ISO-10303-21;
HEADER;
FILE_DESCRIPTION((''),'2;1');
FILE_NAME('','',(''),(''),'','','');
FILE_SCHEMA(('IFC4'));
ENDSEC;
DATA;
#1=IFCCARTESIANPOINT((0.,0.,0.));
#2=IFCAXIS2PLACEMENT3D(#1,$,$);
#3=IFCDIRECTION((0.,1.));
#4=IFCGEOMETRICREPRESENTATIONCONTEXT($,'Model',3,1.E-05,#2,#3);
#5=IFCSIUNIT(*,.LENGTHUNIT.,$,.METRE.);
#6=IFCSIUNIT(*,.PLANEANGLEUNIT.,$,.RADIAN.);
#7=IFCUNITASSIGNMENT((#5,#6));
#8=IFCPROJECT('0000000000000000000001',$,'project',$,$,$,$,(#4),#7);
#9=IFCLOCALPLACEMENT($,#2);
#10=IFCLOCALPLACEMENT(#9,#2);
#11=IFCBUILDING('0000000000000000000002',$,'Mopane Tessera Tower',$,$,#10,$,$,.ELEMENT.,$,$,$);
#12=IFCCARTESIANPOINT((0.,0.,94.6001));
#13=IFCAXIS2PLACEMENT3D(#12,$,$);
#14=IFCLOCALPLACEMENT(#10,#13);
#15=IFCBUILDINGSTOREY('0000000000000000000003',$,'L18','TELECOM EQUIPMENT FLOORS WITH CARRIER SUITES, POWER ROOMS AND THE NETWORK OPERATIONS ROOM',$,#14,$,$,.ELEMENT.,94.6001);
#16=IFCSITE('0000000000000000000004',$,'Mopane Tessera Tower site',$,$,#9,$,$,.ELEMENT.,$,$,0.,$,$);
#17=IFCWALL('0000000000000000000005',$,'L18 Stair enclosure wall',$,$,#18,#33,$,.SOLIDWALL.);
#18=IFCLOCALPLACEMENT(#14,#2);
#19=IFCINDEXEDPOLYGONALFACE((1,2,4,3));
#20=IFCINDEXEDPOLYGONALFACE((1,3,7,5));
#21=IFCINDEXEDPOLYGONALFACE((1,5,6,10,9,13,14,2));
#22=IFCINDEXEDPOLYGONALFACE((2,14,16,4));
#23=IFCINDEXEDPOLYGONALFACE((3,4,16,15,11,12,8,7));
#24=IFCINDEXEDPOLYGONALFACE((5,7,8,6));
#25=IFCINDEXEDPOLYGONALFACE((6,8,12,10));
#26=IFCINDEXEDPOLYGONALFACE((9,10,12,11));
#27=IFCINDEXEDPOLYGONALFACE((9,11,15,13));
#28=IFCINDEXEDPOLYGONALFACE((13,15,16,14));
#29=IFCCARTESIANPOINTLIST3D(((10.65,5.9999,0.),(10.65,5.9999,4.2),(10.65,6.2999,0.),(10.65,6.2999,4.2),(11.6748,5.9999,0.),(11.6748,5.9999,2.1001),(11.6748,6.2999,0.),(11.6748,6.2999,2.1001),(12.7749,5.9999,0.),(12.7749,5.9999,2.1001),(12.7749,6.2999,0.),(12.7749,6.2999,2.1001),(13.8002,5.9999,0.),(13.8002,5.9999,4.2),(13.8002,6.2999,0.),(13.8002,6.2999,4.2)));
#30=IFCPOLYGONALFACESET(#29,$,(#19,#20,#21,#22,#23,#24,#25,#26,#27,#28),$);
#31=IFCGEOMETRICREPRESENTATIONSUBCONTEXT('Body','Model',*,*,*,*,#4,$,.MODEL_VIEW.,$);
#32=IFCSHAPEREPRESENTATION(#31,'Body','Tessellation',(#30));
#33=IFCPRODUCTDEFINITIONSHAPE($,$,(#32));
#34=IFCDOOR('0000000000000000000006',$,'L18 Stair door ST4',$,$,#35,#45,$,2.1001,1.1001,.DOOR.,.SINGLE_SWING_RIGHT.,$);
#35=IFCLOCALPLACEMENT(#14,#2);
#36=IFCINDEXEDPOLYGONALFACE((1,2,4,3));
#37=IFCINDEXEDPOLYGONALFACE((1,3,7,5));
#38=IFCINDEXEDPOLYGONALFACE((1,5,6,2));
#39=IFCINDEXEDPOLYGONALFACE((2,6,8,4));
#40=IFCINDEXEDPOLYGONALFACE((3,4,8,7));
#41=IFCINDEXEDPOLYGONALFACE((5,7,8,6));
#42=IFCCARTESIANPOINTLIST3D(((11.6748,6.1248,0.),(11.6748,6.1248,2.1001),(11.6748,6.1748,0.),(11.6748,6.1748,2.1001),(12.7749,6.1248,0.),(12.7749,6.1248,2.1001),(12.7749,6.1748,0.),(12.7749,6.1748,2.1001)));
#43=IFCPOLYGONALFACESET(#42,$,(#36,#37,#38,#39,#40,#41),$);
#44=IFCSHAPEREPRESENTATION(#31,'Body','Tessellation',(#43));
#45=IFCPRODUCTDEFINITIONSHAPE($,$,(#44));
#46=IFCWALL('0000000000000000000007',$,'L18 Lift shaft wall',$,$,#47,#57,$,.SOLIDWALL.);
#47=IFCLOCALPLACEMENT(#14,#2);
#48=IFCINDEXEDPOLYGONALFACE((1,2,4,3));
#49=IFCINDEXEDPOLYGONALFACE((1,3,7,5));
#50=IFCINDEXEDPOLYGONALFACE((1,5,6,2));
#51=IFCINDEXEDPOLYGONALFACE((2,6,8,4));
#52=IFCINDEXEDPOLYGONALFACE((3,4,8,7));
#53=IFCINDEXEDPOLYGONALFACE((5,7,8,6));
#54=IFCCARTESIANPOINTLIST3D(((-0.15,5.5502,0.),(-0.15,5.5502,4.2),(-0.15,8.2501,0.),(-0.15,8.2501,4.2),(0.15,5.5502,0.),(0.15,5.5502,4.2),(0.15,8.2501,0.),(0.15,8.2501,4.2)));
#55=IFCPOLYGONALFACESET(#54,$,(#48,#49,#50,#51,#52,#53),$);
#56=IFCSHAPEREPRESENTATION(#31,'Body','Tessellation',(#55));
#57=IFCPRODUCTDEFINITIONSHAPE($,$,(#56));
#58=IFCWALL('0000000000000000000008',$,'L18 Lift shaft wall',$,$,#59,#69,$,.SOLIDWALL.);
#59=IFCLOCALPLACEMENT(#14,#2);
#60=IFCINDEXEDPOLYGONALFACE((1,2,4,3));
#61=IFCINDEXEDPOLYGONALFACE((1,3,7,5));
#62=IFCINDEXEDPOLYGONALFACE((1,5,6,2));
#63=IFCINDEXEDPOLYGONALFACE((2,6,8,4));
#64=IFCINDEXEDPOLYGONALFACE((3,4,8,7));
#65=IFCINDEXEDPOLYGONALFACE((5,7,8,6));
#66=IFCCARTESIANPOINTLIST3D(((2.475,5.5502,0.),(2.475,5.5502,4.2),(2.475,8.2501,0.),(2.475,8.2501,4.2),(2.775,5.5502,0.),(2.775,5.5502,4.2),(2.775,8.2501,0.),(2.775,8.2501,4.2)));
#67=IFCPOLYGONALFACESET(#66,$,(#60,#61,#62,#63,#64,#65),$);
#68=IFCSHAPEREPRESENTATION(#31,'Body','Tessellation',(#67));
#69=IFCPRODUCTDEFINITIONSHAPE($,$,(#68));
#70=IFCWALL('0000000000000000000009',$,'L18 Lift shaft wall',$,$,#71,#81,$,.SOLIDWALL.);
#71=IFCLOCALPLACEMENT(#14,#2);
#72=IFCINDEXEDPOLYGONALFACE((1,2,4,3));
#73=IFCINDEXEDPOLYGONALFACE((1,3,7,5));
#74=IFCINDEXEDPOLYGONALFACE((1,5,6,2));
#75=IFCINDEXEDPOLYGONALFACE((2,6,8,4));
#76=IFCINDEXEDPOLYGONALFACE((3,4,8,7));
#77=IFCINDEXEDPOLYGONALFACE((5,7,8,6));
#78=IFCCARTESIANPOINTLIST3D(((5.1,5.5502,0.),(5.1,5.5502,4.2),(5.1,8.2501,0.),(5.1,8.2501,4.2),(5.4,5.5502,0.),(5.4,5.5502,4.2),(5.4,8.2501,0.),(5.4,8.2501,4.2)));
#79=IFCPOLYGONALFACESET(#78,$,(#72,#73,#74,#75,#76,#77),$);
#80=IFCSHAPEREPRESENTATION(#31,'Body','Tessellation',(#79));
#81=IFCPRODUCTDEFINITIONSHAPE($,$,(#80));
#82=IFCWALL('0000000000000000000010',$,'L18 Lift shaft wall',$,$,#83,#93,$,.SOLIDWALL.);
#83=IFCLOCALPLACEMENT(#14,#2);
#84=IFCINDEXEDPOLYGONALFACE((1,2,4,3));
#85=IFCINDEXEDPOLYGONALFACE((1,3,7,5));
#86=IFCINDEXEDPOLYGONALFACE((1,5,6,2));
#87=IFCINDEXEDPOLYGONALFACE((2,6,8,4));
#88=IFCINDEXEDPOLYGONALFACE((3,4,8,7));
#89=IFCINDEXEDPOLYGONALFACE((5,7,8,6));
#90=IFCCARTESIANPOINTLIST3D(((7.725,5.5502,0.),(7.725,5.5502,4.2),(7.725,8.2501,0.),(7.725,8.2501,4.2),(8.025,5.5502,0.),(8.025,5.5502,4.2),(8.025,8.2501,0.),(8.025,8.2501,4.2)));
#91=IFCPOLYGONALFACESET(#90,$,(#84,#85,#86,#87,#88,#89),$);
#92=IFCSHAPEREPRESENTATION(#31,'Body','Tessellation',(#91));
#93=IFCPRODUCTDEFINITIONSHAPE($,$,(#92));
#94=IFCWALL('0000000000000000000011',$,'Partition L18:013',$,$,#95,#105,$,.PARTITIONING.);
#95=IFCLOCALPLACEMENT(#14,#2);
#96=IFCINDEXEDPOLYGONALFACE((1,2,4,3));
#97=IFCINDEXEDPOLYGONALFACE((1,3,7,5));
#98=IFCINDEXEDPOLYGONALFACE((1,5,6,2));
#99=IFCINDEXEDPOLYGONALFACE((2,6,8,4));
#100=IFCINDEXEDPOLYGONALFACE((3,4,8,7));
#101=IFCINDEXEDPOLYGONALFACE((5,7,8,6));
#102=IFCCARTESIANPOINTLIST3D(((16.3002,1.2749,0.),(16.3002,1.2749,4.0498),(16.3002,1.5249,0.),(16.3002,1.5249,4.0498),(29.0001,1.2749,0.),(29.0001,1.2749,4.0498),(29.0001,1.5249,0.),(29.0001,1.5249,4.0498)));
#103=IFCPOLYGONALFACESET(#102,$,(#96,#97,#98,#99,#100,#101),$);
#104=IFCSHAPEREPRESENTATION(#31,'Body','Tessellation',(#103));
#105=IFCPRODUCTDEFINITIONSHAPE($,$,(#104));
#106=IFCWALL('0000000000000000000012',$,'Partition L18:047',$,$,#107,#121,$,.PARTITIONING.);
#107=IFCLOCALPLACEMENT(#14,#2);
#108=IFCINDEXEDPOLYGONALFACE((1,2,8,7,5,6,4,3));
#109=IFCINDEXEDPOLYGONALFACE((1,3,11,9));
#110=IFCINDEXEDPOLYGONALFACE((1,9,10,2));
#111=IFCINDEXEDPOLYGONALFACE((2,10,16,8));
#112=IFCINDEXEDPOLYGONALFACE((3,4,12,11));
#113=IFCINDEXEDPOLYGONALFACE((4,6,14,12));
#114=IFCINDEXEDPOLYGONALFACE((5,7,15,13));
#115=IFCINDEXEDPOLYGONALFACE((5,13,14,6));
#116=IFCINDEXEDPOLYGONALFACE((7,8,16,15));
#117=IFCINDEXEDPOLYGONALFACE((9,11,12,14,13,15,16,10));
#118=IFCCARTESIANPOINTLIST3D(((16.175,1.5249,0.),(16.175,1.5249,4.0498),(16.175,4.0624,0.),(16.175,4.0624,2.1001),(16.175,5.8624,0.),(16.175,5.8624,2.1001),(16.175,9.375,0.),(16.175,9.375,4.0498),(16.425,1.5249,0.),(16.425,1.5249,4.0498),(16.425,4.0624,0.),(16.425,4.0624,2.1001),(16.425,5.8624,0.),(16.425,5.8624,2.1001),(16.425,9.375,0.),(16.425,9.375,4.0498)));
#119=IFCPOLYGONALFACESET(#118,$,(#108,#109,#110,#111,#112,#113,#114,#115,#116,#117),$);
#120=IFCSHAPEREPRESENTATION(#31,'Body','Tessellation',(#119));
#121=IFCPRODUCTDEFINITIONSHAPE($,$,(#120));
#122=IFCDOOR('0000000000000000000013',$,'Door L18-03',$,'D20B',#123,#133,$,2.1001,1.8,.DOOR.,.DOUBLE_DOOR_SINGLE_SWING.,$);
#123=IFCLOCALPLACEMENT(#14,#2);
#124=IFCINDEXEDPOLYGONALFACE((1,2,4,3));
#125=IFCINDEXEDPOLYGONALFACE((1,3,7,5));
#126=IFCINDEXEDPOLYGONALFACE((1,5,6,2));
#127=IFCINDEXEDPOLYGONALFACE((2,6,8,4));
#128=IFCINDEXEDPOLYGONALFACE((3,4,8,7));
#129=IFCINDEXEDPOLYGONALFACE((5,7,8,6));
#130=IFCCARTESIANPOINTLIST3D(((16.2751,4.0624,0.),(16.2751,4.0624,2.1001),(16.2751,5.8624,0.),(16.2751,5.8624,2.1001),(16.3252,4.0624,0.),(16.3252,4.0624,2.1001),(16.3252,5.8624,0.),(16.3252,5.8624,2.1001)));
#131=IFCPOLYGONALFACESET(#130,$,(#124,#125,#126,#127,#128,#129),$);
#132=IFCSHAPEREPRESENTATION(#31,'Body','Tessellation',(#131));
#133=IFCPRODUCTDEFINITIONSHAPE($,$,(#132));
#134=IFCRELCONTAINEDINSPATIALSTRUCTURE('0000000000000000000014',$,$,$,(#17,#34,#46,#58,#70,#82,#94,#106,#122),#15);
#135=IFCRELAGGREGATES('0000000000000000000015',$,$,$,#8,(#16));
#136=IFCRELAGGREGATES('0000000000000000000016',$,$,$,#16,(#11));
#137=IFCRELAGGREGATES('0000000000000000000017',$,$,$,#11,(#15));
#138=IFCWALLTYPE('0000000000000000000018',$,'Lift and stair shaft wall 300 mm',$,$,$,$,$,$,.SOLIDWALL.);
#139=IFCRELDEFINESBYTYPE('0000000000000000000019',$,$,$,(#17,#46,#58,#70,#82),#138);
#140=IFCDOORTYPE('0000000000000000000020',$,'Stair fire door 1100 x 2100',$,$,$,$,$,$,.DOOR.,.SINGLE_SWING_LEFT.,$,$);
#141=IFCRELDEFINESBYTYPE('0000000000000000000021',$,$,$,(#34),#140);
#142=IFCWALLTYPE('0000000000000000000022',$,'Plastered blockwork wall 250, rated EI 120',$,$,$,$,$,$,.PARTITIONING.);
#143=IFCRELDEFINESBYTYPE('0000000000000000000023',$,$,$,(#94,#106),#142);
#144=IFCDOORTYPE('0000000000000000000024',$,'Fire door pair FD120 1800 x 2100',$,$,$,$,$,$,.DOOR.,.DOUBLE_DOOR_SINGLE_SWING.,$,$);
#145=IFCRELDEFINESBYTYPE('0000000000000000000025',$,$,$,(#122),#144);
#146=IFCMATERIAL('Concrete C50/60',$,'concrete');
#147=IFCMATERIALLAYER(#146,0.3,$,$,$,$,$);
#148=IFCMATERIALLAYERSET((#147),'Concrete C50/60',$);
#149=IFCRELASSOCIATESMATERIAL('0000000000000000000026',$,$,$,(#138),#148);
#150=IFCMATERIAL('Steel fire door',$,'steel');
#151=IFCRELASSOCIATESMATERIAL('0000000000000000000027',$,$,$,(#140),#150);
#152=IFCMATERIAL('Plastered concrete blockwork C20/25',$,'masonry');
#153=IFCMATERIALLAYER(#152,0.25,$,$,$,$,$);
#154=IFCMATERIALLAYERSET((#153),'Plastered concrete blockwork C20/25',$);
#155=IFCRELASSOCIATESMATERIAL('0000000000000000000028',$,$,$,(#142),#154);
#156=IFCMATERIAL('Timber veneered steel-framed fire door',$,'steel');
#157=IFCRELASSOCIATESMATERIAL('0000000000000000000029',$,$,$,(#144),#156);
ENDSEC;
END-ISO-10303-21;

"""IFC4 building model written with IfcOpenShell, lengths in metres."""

from ifc_helpers import new_model, si_unit, direction, frame, frame_2d, origin, place, context, subcontext, project, spatial, rectangle, extrude, material, layer, layer_set, type_object, element, fill, save


model = new_model("IFC4")

# Units and contexts
model_context = context("Model", 3, precision=1e-05, world=origin(), true_north=direction((0.0, 1.0)))
body_context = subcontext(model_context, "Body", "Model", "MODEL_VIEW")
ifc_project = project(units=[si_unit("LENGTHUNIT", "METRE"), si_unit("PLANEANGLEUNIT", "RADIAN")], contexts=[model_context])

# Site, building, storey
site_placement = place(None, origin())
site = spatial("IfcSite", under=ifc_project, at=site_placement, Name="Mopane Tessera Tower site", CompositionType="ELEMENT", RefElevation=0.0)
building_placement = place(site_placement, origin())
building = spatial("IfcBuilding", under=site, at=building_placement, Name="Mopane Tessera Tower", CompositionType="ELEMENT")
storey_placement = place(building_placement, frame((0.0, 0.0, 94.6001)))
storey = spatial("IfcBuildingStorey", under=building, at=storey_placement, Name="L18", Description="TELECOM EQUIPMENT FLOORS WITH CARRIER SUITES, POWER ROOMS AND THE NETWORK OPERATIONS ROOM", CompositionType="ELEMENT", Elevation=94.6001)

# Wall, opening, door
ifc_material_1 = material(Name="Concrete C50/60", Category="concrete")
ifc_layer_1 = layer(ifc_material_1, 0.3)
ifc_layer_set_1 = layer_set([ifc_layer_1], Name="Concrete C50/60")
wall_type_1 = type_object("IfcWallType", Name="Lift and stair shaft wall 300 mm", PredefinedType="SOLIDWALL", material=ifc_layer_set_1)
ifc_material_2 = material(Name="Steel fire door", Category="steel")
door_type_1 = type_object("IfcDoorType", Name="Stair fire door 1100 x 2100", OperationType="SINGLE_SWING_LEFT", PredefinedType="DOOR", material=ifc_material_2)
wall_1_placement = place(storey_placement, frame((10.6499, 6.1499, 0.0), z_axis=(0.0, 0.0, 1.0), x_axis=(1.0, 0.0, 0.0)))
wall_1 = element("IfcWall", 1, at=wall_1_placement, inside=storey, type_object=wall_type_1, Name="L18 Stair enclosure wall", PredefinedType="SOLIDWALL", context=body_context, shape_type="SweptSolid", body=[
    extrude(rectangle(XDim=3.1501, YDim=0.3, at=frame_2d((1.5752, 0.0))), origin(), (0.0, 0.0, 1.0), 4.2),
])
opening_1_placement = place(wall_1_placement, frame((1.0249, 0.0, 0.0)))
opening_1 = element("IfcOpeningElement", 2, at=opening_1_placement, cuts=wall_1, PredefinedType="OPENING", context=body_context, shape_type="SweptSolid", body=[
    extrude(rectangle(XDim=1.1001, YDim=2.1001, at=frame_2d((0.55, 1.05))), frame((0.0, 0.1621, 0.0), z_axis=(0.0, -1.0, 0.0), x_axis=(1.0, 0.0, 0.0)), (0.0, 0.0, 1.0), 0.324),
])
door_1_placement = place(opening_1_placement, origin())
door_1 = element("IfcDoor", 3, at=door_1_placement, inside=storey, type_object=door_type_1, Name="L18 Stair door ST4", OperationType="SINGLE_SWING_RIGHT", OverallHeight=2.1001, OverallWidth=1.1001, PredefinedType="DOOR", context=body_context, shape_type="SweptSolid", body=[
    extrude(rectangle(XDim=1.1001, YDim=2.1001, at=frame_2d((0.55, 1.05))), frame((0.0, 0.0249, 0.0), z_axis=(0.0, -1.0, 0.0), x_axis=(1.0, 0.0, 0.0)), (0.0, 0.0, 1.0), 0.05),
])
fill(opening_1, door_1)

# Walls
for number, where, z_axis, x_axis, name in (
    (4, (0.0, 5.55, 0.0), (0.0, 0.0, 1.0), (0.0, 1.0, 0.0), "L18 Lift shaft wall"),
    (5, (2.625, 5.55, 0.0), (0.0, 0.0, 1.0), (0.0, 1.0, 0.0), "L18 Lift shaft wall"),
    (6, (5.25, 5.55, 0.0), (0.0, 0.0, 1.0), (0.0, 1.0, 0.0), "L18 Lift shaft wall"),
    (7, (7.875, 5.55, 0.0), (0.0, 0.0, 1.0), (0.0, 1.0, 0.0), "L18 Lift shaft wall"),
):
    element("IfcWall", number, at=place(storey_placement, frame(where, z_axis=z_axis, x_axis=x_axis)), inside=storey, type_object=wall_type_1, Name=name, PredefinedType="SOLIDWALL", context=body_context, shape_type="SweptSolid", body=[
        extrude(rectangle(XDim=2.7, YDim=0.3, at=frame_2d((1.3501, 0.0))), origin(), (0.0, 0.0, 1.0), 4.2),
    ])
ifc_material_3 = material(Name="Plastered concrete blockwork C20/25", Category="masonry")
ifc_layer_2 = layer(ifc_material_3, 0.25)
ifc_layer_set_2 = layer_set([ifc_layer_2], Name="Plastered concrete blockwork C20/25")
wall_type_2 = type_object("IfcWallType", Name="Plastered blockwork wall 250, rated EI 120", PredefinedType="PARTITIONING", material=ifc_layer_set_2)
wall_2_placement = place(storey_placement, frame((16.3, 1.3999, 0.0), z_axis=(0.0, 0.0, 1.0), x_axis=(1.0, 0.0, 0.0)))
element("IfcWall", 8, at=wall_2_placement, inside=storey, type_object=wall_type_2, Name="Partition L18:013", PredefinedType="PARTITIONING", context=body_context, shape_type="SweptSolid", body=[
    extrude(rectangle(XDim=12.7, YDim=0.25, at=frame_2d((6.3501, 0.0))), origin(), (0.0, 0.0, 1.0), 4.0498),
])

# Wall, opening, door
wall_3_placement = place(storey_placement, frame((16.3, 1.5249, 0.0), z_axis=(0.0, 0.0, 1.0), x_axis=(0.0, 1.0, 0.0)))
wall_3 = element("IfcWall", 9, at=wall_3_placement, inside=storey, type_object=wall_type_2, Name="Partition L18:047", PredefinedType="PARTITIONING", context=body_context, shape_type="SweptSolid", body=[
    extrude(rectangle(XDim=7.8501, YDim=0.25, at=frame_2d((3.925, 0.0))), origin(), (0.0, 0.0, 1.0), 4.0498),
])
opening_2_placement = place(wall_3_placement, frame((2.5376, 0.0, 0.0)))
opening_2 = element("IfcOpeningElement", 10, at=opening_2_placement, cuts=wall_3, PredefinedType="OPENING", context=body_context, shape_type="SweptSolid", body=[
    extrude(rectangle(XDim=1.8, YDim=2.1001, at=frame_2d((0.8999, 1.05))), frame((0.0, 0.137, 0.0), z_axis=(0.0, -1.0, 0.0), x_axis=(1.0, 0.0, 0.0)), (0.0, 0.0, 1.0), 0.2739),
])
ifc_material_4 = material(Name="Timber veneered steel-framed fire door", Category="steel")
door_type_2 = type_object("IfcDoorType", Name="Fire door pair FD120 1800 x 2100", OperationType="DOUBLE_DOOR_SINGLE_SWING", PredefinedType="DOOR", material=ifc_material_4)
door_2_placement = place(opening_2_placement, origin())
door_2 = element("IfcDoor", 11, at=door_2_placement, inside=storey, type_object=door_type_2, Name="Door L18-03", ObjectType="D20B", OperationType="DOUBLE_DOOR_SINGLE_SWING", OverallHeight=2.1001, OverallWidth=1.8, PredefinedType="DOOR", context=body_context, shape_type="SweptSolid", body=[
    extrude(rectangle(XDim=1.8, YDim=2.1001, at=frame_2d((0.8999, 1.05))), frame((0.0, 0.0249, 0.0), z_axis=(0.0, -1.0, 0.0), x_axis=(1.0, 0.0, 0.0)), (0.0, 0.0, 1.0), 0.05),
])
fill(opening_2, door_2)

save(model, "model.ifc")
